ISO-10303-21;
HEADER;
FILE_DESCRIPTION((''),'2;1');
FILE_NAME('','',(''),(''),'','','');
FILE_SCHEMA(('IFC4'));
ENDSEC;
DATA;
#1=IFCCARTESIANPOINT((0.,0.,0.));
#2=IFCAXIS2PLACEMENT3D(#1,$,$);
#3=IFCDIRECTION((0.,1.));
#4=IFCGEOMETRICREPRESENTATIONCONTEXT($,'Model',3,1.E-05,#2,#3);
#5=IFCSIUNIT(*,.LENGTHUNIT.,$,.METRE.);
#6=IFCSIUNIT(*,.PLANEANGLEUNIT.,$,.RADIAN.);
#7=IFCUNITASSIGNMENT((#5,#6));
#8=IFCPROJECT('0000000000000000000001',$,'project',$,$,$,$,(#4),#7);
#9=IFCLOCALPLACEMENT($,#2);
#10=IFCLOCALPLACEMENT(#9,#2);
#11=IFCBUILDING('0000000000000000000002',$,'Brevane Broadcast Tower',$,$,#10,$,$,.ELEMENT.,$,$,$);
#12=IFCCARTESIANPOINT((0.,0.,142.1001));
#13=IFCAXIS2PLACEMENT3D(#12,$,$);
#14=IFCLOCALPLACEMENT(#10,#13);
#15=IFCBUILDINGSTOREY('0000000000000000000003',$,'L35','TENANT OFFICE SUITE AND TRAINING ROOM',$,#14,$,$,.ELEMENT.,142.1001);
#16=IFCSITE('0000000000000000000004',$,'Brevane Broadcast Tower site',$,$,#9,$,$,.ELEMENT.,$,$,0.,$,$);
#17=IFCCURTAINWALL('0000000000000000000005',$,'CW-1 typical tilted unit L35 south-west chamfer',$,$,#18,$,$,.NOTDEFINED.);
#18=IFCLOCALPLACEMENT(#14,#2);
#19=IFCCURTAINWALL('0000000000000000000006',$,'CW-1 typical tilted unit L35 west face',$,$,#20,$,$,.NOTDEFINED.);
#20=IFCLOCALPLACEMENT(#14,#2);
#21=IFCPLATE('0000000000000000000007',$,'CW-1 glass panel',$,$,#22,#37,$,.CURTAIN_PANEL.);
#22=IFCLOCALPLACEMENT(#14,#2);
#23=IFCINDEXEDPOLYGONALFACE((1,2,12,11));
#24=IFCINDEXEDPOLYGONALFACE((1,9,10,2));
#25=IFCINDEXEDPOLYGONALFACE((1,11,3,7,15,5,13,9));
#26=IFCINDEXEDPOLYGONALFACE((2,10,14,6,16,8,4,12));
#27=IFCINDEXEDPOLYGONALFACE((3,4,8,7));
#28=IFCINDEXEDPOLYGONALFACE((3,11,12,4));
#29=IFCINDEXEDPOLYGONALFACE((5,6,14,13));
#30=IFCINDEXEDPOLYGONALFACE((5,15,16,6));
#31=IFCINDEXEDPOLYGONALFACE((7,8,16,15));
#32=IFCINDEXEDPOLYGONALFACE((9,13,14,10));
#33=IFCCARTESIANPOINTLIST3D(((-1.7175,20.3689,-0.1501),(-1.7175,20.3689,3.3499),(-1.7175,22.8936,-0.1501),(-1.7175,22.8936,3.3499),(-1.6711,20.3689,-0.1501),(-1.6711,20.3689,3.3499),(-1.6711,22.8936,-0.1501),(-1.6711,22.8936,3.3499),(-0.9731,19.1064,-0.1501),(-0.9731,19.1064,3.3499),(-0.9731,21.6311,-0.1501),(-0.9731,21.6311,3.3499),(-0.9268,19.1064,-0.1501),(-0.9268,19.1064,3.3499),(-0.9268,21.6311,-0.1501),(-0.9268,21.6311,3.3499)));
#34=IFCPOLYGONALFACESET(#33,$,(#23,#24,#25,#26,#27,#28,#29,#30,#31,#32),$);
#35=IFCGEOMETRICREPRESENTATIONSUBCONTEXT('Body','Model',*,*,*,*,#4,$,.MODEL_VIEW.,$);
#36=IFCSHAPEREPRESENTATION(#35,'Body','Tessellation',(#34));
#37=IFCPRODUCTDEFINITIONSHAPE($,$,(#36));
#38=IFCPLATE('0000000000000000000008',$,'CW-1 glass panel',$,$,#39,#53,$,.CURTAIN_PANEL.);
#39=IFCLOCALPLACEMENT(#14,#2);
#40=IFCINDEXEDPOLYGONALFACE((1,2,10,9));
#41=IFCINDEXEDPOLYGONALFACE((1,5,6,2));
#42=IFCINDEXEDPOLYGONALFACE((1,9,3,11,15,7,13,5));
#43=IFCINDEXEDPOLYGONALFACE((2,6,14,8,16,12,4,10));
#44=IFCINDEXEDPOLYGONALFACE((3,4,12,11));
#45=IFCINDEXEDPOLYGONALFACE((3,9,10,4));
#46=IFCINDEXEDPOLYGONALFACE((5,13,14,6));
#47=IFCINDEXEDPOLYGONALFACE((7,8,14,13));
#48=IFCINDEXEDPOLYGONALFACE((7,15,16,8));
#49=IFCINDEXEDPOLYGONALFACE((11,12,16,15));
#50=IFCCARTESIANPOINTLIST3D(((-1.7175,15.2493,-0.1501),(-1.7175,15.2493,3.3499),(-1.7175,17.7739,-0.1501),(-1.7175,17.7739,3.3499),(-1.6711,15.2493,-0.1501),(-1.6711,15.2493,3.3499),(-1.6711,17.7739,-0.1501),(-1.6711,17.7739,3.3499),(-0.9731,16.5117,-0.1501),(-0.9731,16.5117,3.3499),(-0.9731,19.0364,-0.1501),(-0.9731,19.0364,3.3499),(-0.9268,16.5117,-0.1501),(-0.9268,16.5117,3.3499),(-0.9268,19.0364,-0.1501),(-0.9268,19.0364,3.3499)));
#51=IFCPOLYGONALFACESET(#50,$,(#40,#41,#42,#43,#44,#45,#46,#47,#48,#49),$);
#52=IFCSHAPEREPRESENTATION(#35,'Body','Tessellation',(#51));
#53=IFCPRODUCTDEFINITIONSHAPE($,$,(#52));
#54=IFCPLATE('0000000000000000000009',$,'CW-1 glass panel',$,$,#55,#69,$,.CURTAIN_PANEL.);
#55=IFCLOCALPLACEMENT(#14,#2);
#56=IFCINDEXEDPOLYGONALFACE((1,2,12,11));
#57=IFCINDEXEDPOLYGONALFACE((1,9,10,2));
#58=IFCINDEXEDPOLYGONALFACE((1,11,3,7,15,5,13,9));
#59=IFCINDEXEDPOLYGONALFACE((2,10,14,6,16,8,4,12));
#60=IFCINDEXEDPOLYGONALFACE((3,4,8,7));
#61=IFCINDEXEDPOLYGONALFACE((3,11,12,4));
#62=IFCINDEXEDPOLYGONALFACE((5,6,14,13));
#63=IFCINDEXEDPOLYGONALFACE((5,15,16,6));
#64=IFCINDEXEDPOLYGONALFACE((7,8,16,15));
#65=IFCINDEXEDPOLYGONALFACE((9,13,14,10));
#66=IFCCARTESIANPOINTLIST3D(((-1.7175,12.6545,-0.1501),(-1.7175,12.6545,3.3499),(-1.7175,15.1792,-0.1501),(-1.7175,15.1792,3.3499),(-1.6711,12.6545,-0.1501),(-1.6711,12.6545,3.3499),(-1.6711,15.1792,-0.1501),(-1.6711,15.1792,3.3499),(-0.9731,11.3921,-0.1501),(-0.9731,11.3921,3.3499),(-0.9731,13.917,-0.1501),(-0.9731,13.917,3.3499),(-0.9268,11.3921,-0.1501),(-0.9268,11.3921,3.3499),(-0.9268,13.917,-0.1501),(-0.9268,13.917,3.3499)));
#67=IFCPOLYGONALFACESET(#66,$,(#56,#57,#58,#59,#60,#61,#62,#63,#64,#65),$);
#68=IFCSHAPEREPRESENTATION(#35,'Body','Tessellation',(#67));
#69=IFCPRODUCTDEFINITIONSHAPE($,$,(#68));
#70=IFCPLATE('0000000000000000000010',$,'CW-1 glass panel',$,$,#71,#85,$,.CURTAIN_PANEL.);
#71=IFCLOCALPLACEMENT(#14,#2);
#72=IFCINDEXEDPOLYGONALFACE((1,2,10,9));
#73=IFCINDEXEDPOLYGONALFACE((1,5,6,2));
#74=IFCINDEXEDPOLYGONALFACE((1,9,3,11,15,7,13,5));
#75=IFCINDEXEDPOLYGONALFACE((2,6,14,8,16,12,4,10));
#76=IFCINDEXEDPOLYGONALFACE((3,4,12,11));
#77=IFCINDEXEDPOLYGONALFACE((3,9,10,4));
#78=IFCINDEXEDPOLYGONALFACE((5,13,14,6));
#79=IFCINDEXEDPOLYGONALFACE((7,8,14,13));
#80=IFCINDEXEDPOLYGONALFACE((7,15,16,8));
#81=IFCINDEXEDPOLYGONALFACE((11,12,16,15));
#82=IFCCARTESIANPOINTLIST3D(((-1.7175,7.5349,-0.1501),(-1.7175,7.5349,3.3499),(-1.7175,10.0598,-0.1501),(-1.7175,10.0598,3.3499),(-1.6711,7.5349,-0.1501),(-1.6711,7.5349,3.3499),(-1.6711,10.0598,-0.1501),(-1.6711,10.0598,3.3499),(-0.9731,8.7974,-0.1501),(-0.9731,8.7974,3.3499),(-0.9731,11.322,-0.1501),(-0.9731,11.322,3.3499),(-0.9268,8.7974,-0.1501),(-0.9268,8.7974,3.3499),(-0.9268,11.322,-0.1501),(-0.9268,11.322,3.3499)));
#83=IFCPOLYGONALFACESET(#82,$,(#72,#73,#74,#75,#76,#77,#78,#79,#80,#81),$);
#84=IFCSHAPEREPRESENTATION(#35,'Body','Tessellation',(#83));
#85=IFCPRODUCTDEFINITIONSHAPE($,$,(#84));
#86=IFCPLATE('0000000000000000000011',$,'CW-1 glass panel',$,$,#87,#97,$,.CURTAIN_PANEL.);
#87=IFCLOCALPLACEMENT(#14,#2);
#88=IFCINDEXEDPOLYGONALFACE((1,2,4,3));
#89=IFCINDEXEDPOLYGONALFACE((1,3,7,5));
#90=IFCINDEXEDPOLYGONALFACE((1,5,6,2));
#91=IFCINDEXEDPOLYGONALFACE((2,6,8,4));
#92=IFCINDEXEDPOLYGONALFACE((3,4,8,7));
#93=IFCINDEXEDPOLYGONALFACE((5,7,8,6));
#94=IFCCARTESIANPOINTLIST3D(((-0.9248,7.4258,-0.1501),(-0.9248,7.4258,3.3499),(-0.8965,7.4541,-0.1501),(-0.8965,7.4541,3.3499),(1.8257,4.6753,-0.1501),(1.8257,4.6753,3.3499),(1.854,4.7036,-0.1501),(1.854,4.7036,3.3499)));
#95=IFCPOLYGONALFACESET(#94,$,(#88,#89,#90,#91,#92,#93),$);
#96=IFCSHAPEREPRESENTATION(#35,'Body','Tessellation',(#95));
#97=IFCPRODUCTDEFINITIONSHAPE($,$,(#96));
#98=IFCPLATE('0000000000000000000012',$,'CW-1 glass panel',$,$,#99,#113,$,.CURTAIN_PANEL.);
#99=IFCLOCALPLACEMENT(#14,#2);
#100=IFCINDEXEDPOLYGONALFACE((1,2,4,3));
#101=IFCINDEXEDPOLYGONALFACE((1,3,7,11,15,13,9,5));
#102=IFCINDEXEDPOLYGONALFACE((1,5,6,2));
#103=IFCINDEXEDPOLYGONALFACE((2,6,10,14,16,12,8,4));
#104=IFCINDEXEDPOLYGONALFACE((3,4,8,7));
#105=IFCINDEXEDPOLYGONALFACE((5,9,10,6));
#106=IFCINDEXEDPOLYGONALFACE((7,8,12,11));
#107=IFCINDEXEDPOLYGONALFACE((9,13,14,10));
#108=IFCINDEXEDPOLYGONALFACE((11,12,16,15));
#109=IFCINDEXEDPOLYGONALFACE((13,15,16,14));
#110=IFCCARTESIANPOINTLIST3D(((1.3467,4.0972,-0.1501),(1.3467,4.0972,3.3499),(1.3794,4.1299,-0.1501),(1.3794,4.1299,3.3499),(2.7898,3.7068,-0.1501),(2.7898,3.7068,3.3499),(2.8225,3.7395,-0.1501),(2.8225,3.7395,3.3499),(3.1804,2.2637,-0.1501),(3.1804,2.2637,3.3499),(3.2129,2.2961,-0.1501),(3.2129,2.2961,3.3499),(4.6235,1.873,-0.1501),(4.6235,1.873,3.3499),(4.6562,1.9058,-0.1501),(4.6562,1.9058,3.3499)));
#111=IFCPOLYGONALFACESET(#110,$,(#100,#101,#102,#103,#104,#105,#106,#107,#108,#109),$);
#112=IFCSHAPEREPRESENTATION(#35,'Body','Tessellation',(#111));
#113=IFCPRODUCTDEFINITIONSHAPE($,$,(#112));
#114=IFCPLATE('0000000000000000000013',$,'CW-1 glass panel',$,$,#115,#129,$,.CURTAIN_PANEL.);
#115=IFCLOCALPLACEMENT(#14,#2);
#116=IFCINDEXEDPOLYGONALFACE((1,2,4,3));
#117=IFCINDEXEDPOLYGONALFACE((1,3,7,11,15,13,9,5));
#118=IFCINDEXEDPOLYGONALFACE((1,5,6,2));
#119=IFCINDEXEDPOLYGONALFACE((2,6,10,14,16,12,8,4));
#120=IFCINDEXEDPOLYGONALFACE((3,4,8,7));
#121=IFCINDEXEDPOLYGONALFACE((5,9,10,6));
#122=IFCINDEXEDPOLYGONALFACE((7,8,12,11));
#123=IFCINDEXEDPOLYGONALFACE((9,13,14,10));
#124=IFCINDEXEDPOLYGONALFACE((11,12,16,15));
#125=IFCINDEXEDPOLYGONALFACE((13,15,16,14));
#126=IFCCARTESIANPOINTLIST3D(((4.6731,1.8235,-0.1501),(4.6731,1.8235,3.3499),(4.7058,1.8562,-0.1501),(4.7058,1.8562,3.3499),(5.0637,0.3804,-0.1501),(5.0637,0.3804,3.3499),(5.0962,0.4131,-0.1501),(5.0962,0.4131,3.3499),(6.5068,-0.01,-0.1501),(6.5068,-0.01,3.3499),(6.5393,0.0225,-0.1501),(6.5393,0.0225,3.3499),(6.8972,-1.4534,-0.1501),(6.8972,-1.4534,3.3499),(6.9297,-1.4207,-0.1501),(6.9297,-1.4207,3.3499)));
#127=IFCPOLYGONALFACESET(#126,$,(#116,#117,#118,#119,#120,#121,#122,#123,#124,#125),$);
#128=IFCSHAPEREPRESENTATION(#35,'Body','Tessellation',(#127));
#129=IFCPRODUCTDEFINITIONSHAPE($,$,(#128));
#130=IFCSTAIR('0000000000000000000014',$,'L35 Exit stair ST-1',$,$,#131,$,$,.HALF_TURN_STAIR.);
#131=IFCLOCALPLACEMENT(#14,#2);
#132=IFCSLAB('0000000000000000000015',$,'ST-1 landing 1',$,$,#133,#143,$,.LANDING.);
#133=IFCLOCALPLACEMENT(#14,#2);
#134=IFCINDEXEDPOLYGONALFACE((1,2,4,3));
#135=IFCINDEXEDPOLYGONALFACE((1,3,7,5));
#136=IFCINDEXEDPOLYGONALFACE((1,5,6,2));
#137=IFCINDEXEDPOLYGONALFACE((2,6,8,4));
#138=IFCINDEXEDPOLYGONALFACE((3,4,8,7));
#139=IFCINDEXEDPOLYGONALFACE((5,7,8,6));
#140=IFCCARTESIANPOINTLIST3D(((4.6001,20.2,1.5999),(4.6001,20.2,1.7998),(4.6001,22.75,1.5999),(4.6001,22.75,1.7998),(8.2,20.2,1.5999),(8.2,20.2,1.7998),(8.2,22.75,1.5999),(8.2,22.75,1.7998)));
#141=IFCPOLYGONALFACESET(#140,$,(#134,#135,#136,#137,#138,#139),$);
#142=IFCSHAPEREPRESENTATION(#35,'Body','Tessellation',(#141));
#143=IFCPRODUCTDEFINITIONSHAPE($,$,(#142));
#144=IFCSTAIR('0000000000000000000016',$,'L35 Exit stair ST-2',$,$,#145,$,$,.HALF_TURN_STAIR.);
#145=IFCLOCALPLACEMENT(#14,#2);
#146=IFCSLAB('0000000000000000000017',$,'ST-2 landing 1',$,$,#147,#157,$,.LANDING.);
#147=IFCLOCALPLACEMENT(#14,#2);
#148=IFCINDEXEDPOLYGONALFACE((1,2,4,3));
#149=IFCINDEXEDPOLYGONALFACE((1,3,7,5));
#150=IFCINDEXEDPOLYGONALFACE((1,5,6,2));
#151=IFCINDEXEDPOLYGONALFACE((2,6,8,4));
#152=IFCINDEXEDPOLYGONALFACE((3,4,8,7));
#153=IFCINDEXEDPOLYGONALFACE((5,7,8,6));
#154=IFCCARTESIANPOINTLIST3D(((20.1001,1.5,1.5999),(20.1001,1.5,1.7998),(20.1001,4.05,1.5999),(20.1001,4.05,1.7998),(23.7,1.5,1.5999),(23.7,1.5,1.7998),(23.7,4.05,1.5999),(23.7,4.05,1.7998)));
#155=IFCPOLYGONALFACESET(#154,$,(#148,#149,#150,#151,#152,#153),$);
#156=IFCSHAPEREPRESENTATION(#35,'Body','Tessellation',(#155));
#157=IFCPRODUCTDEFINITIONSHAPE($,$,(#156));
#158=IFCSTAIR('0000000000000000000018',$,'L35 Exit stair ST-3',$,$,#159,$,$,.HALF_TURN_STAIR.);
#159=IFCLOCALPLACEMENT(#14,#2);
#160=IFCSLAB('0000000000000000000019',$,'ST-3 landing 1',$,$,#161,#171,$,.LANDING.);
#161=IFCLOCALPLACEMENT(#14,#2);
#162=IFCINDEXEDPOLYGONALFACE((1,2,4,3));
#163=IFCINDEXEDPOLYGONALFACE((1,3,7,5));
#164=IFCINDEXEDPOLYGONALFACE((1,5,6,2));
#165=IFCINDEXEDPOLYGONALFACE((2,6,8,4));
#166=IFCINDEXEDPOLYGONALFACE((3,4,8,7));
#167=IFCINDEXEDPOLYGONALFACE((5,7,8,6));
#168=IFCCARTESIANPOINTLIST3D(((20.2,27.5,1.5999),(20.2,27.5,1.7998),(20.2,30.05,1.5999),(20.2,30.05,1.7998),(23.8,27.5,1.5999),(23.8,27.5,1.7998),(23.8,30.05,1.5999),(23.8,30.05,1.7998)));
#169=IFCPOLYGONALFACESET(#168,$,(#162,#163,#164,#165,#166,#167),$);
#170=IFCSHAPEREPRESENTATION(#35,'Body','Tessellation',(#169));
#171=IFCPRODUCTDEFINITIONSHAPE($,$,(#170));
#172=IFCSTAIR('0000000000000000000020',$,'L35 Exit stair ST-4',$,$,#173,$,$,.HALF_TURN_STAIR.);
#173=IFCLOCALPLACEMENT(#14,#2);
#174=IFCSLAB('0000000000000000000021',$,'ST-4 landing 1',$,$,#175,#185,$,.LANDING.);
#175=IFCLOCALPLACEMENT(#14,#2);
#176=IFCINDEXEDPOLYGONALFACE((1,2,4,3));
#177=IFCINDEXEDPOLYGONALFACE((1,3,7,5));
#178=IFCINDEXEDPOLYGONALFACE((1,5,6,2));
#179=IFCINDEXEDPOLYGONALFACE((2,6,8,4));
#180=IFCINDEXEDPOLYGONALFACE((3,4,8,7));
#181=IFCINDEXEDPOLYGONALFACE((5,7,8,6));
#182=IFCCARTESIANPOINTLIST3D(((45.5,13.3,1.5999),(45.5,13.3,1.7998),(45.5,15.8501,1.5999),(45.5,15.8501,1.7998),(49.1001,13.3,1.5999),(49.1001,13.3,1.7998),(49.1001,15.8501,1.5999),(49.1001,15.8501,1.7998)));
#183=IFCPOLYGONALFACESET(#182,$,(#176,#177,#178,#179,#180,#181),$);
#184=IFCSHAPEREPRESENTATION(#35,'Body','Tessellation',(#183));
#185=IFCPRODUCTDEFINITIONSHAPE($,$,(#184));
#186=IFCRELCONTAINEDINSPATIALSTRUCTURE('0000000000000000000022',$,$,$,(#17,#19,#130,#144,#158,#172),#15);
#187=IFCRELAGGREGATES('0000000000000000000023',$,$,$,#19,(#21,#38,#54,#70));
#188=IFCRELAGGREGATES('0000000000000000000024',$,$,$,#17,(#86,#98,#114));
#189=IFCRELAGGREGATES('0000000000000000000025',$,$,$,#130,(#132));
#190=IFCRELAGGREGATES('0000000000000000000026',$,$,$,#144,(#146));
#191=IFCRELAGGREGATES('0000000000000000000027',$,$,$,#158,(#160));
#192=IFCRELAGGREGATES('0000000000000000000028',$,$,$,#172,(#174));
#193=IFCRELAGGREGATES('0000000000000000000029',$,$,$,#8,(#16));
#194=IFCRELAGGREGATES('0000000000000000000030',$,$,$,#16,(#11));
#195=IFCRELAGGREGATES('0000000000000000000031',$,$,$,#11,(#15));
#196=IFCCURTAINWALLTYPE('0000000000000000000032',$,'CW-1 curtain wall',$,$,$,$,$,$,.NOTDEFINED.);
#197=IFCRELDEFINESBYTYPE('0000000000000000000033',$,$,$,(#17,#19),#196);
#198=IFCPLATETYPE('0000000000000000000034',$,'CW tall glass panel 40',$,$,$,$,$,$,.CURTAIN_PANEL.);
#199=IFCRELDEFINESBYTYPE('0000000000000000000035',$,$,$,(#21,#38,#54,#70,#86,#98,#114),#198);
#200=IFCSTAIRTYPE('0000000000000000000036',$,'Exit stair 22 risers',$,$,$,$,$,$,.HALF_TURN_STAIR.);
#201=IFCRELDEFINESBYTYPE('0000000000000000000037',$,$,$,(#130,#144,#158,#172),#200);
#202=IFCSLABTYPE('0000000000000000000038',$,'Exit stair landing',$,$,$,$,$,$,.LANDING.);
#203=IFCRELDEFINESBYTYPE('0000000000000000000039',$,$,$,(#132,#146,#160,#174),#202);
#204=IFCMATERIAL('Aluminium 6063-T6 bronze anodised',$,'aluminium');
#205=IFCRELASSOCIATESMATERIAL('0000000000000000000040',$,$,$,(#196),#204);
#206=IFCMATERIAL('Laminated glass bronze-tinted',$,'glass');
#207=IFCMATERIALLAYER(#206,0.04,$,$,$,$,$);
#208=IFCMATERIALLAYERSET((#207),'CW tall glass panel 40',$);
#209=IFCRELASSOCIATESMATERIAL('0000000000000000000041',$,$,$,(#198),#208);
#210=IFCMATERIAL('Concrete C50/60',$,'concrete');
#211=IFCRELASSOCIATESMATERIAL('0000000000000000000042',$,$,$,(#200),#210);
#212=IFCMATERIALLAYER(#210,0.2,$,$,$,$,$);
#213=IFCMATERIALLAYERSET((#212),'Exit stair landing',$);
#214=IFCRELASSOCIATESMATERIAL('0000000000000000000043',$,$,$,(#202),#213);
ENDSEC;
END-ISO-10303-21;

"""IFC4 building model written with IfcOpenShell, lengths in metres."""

from ifc_helpers import new_model, si_unit, direction, frame, origin, place, context, subcontext, project, spatial, polyline, outline, extrude, material, layer, layer_set, type_object, element, aggregate, save


model = new_model("IFC4")

# Units and contexts
model_context = context("Model", 3, precision=1e-05, world=origin(), true_north=direction((0.0, 1.0)))
body_context = subcontext(model_context, "Body", "Model", "MODEL_VIEW")
ifc_project = project(units=[si_unit("LENGTHUNIT", "METRE"), si_unit("PLANEANGLEUNIT", "RADIAN")], contexts=[model_context])

# Site, building, storey
site_placement = place(None, origin())
site = spatial("IfcSite", under=ifc_project, at=site_placement, Name="Brevane Broadcast Tower site", CompositionType="ELEMENT", RefElevation=0.0)
building_placement = place(site_placement, origin())
building = spatial("IfcBuilding", under=site, at=building_placement, Name="Brevane Broadcast Tower", CompositionType="ELEMENT")
storey_placement = place(building_placement, frame((0.0, 0.0, 142.1001)))
storey = spatial("IfcBuildingStorey", under=building, at=storey_placement, Name="L35", Description="TENANT OFFICE SUITE AND TRAINING ROOM", CompositionType="ELEMENT", Elevation=142.1001)

# Curtain wall
ifc_material_1 = material(Name="Aluminium 6063-T6 bronze anodised", Category="aluminium")
curtain_wall_type = type_object("IfcCurtainWallType", Name="CW-1 curtain wall", PredefinedType="NOTDEFINED", material=ifc_material_1)
curtain_wall_1_placement = place(storey_placement, origin())
curtain_wall_1 = element("IfcCurtainWall", 1, at=curtain_wall_1_placement, inside=storey, type_object=curtain_wall_type, Name="CW-1 typical tilted unit L35 south-west chamfer", PredefinedType="NOTDEFINED")

# Shared definitions
ifc_material_2 = material(Name="Laminated glass bronze-tinted", Category="glass")
ifc_layer_1 = layer(ifc_material_2, 0.04)
ifc_layer_set_1 = layer_set([ifc_layer_1], Name="CW tall glass panel 40")
plate_type = type_object("IfcPlateType", Name="CW tall glass panel 40", PredefinedType="CURTAIN_PANEL", material=ifc_layer_set_1)

# Curtain wall, plates
curtain_wall_2_placement = place(storey_placement, origin())
curtain_wall_2 = element("IfcCurtainWall", 2, at=curtain_wall_2_placement, inside=storey, type_object=curtain_wall_type, Name="CW-1 typical tilted unit L35 west face", PredefinedType="NOTDEFINED")
plate_1_placement = place(storey_placement, frame((0.0, 0.0, -0.1501)))
plate_1 = element("IfcPlate", 3, at=plate_1_placement, type_object=plate_type, Name="CW-1 glass panel", PredefinedType="CURTAIN_PANEL", context=body_context, shape_type="SweptSolid", body=[
    extrude(outline(polyline([(-1.6711, 22.8936), (-1.7175, 22.8936), (-0.9731, 21.6311), (-1.7175, 20.3689), (-0.9731, 19.1064), (-0.9268, 19.1064), (-1.6711, 20.3689), (-0.9268, 21.6311), (-1.6711, 22.8936)])), origin(), (0.0, 0.0, 1.0), 3.5),
])
plate_2_placement = place(storey_placement, frame((0.0, 0.0, -0.1501)))
plate_2 = element("IfcPlate", 4, at=plate_2_placement, type_object=plate_type, Name="CW-1 glass panel", PredefinedType="CURTAIN_PANEL", context=body_context, shape_type="SweptSolid", body=[
    extrude(outline(polyline([(-0.9268, 19.0364), (-0.9731, 19.0364), (-1.7175, 17.7739), (-0.9731, 16.5117), (-1.7175, 15.2493), (-1.6711, 15.2493), (-0.9268, 16.5117), (-1.6711, 17.7739), (-0.9268, 19.0364)])), origin(), (0.0, 0.0, 1.0), 3.5),
])
plate_3_placement = place(storey_placement, frame((0.0, 0.0, -0.1501)))
plate_3 = element("IfcPlate", 5, at=plate_3_placement, type_object=plate_type, Name="CW-1 glass panel", PredefinedType="CURTAIN_PANEL", context=body_context, shape_type="SweptSolid", body=[
    extrude(outline(polyline([(-1.6711, 15.1792), (-1.7175, 15.1792), (-0.9731, 13.917), (-1.7175, 12.6545), (-0.9731, 11.3921), (-0.9268, 11.3921), (-1.6711, 12.6545), (-0.9268, 13.917), (-1.6711, 15.1792)])), origin(), (0.0, 0.0, 1.0), 3.5),
])
plate_4_placement = place(storey_placement, frame((0.0, 0.0, -0.1501)))
plate_4 = element("IfcPlate", 6, at=plate_4_placement, type_object=plate_type, Name="CW-1 glass panel", PredefinedType="CURTAIN_PANEL", context=body_context, shape_type="SweptSolid", body=[
    extrude(outline(polyline([(-0.9268, 11.322), (-0.9731, 11.322), (-1.7175, 10.0598), (-0.9731, 8.7974), (-1.7175, 7.5349), (-1.6711, 7.5349), (-0.9268, 8.7974), (-1.6711, 10.0598), (-0.9268, 11.322)])), origin(), (0.0, 0.0, 1.0), 3.5),
])
aggregate(curtain_wall_2, [plate_1, plate_2, plate_3, plate_4])

# Plates
plate_5_placement = place(storey_placement, frame((0.0, 0.0, -0.1501)))
plate_5 = element("IfcPlate", 7, at=plate_5_placement, type_object=plate_type, Name="CW-1 glass panel", PredefinedType="CURTAIN_PANEL", context=body_context, shape_type="SweptSolid", body=[
    extrude(outline(polyline([(-0.8965, 7.4541), (1.854, 4.7036), (1.8257, 4.6753), (-0.9248, 7.4258), (-0.8965, 7.4541)])), origin(), (0.0, 0.0, 1.0), 3.5),
])
plate_6_placement = place(storey_placement, frame((0.0, 0.0, -0.1501)))
plate_6 = element("IfcPlate", 8, at=plate_6_placement, type_object=plate_type, Name="CW-1 glass panel", PredefinedType="CURTAIN_PANEL", context=body_context, shape_type="SweptSolid", body=[
    extrude(outline(polyline([(1.3794, 4.1299), (1.3467, 4.0972), (2.7898, 3.7068), (3.1804, 2.2637), (4.6235, 1.873), (4.6562, 1.9058), (3.2129, 2.2961), (2.8225, 3.7395), (1.3794, 4.1299)])), origin(), (0.0, 0.0, 1.0), 3.5),
])
plate_7_placement = place(storey_placement, frame((0.0, 0.0, -0.1501)))
plate_7 = element("IfcPlate", 9, at=plate_7_placement, type_object=plate_type, Name="CW-1 glass panel", PredefinedType="CURTAIN_PANEL", context=body_context, shape_type="SweptSolid", body=[
    extrude(outline(polyline([(4.7058, 1.8562), (4.6731, 1.8235), (5.0637, 0.3804), (6.5068, -0.01), (6.8972, -1.4534), (6.9297, -1.4207), (6.5393, 0.0225), (5.0962, 0.4131), (4.7058, 1.8562)])), origin(), (0.0, 0.0, 1.0), 3.5),
])
aggregate(curtain_wall_1, [plate_5, plate_6, plate_7])

# Stairs, slabs
ifc_material_3 = material(Name="Concrete C50/60", Category="concrete")
stair_type = type_object("IfcStairType", Name="Exit stair 22 risers", PredefinedType="HALF_TURN_STAIR", material=ifc_material_3)
stair_1_placement = place(storey_placement, origin())
stair_1 = element("IfcStair", 10, at=stair_1_placement, inside=storey, type_object=stair_type, Name="L35 Exit stair ST-1", PredefinedType="HALF_TURN_STAIR")
ifc_layer_2 = layer(ifc_material_3, 0.2)
ifc_layer_set_2 = layer_set([ifc_layer_2], Name="Exit stair landing")
slab_type_1 = type_object("IfcSlabType", Name="Exit stair landing", PredefinedType="LANDING", material=ifc_layer_set_2)
slab_1_placement = place(storey_placement, frame((0.0, 0.0, 1.5999)))
slab_1 = element("IfcSlab", 11, at=slab_1_placement, type_object=slab_type_1, Name="ST-1 landing 1", PredefinedType="LANDING", context=body_context, shape_type="SweptSolid", body=[
    extrude(outline(polyline([(4.6001, 20.2), (8.2, 20.2), (8.2, 22.75), (4.6001, 22.75), (4.6001, 20.2)])), origin(), (0.0, 0.0, 1.0), 0.2),
])
aggregate(stair_1, [slab_1])
stair_2_placement = place(storey_placement, origin())
stair_2 = element("IfcStair", 12, at=stair_2_placement, inside=storey, type_object=stair_type, Name="L35 Exit stair ST-2", PredefinedType="HALF_TURN_STAIR")
slab_2_placement = place(storey_placement, frame((0.0, 0.0, 1.5999)))
slab_2 = element("IfcSlab", 13, at=slab_2_placement, type_object=slab_type_1, Name="ST-2 landing 1", PredefinedType="LANDING", context=body_context, shape_type="SweptSolid", body=[
    extrude(outline(polyline([(20.1001, 1.5), (23.7, 1.5), (23.7, 4.05), (20.1001, 4.05), (20.1001, 1.5)])), origin(), (0.0, 0.0, 1.0), 0.2),
])
aggregate(stair_2, [slab_2])
stair_3_placement = place(storey_placement, origin())
stair_3 = element("IfcStair", 14, at=stair_3_placement, inside=storey, type_object=stair_type, Name="L35 Exit stair ST-3", PredefinedType="HALF_TURN_STAIR")
slab_3_placement = place(storey_placement, frame((0.0, 0.0, 1.5999)))
slab_3 = element("IfcSlab", 15, at=slab_3_placement, type_object=slab_type_1, Name="ST-3 landing 1", PredefinedType="LANDING", context=body_context, shape_type="SweptSolid", body=[
    extrude(outline(polyline([(20.2, 27.5), (23.8, 27.5), (23.8, 30.05), (20.2, 30.05), (20.2, 27.5)])), origin(), (0.0, 0.0, 1.0), 0.2),
])
aggregate(stair_3, [slab_3])
stair_4_placement = place(storey_placement, origin())
stair_4 = element("IfcStair", 16, at=stair_4_placement, inside=storey, type_object=stair_type, Name="L35 Exit stair ST-4", PredefinedType="HALF_TURN_STAIR")
slab_4_placement = place(storey_placement, frame((0.0, 0.0, 1.5999)))
slab_4 = element("IfcSlab", 17, at=slab_4_placement, type_object=slab_type_1, Name="ST-4 landing 1", PredefinedType="LANDING", context=body_context, shape_type="SweptSolid", body=[
    extrude(outline(polyline([(45.5, 13.3), (49.1001, 13.3), (49.1001, 15.8501), (45.5, 15.8501), (45.5, 13.3)])), origin(), (0.0, 0.0, 1.0), 0.2),
])
aggregate(stair_4, [slab_4])

save(model, "model.ifc")
